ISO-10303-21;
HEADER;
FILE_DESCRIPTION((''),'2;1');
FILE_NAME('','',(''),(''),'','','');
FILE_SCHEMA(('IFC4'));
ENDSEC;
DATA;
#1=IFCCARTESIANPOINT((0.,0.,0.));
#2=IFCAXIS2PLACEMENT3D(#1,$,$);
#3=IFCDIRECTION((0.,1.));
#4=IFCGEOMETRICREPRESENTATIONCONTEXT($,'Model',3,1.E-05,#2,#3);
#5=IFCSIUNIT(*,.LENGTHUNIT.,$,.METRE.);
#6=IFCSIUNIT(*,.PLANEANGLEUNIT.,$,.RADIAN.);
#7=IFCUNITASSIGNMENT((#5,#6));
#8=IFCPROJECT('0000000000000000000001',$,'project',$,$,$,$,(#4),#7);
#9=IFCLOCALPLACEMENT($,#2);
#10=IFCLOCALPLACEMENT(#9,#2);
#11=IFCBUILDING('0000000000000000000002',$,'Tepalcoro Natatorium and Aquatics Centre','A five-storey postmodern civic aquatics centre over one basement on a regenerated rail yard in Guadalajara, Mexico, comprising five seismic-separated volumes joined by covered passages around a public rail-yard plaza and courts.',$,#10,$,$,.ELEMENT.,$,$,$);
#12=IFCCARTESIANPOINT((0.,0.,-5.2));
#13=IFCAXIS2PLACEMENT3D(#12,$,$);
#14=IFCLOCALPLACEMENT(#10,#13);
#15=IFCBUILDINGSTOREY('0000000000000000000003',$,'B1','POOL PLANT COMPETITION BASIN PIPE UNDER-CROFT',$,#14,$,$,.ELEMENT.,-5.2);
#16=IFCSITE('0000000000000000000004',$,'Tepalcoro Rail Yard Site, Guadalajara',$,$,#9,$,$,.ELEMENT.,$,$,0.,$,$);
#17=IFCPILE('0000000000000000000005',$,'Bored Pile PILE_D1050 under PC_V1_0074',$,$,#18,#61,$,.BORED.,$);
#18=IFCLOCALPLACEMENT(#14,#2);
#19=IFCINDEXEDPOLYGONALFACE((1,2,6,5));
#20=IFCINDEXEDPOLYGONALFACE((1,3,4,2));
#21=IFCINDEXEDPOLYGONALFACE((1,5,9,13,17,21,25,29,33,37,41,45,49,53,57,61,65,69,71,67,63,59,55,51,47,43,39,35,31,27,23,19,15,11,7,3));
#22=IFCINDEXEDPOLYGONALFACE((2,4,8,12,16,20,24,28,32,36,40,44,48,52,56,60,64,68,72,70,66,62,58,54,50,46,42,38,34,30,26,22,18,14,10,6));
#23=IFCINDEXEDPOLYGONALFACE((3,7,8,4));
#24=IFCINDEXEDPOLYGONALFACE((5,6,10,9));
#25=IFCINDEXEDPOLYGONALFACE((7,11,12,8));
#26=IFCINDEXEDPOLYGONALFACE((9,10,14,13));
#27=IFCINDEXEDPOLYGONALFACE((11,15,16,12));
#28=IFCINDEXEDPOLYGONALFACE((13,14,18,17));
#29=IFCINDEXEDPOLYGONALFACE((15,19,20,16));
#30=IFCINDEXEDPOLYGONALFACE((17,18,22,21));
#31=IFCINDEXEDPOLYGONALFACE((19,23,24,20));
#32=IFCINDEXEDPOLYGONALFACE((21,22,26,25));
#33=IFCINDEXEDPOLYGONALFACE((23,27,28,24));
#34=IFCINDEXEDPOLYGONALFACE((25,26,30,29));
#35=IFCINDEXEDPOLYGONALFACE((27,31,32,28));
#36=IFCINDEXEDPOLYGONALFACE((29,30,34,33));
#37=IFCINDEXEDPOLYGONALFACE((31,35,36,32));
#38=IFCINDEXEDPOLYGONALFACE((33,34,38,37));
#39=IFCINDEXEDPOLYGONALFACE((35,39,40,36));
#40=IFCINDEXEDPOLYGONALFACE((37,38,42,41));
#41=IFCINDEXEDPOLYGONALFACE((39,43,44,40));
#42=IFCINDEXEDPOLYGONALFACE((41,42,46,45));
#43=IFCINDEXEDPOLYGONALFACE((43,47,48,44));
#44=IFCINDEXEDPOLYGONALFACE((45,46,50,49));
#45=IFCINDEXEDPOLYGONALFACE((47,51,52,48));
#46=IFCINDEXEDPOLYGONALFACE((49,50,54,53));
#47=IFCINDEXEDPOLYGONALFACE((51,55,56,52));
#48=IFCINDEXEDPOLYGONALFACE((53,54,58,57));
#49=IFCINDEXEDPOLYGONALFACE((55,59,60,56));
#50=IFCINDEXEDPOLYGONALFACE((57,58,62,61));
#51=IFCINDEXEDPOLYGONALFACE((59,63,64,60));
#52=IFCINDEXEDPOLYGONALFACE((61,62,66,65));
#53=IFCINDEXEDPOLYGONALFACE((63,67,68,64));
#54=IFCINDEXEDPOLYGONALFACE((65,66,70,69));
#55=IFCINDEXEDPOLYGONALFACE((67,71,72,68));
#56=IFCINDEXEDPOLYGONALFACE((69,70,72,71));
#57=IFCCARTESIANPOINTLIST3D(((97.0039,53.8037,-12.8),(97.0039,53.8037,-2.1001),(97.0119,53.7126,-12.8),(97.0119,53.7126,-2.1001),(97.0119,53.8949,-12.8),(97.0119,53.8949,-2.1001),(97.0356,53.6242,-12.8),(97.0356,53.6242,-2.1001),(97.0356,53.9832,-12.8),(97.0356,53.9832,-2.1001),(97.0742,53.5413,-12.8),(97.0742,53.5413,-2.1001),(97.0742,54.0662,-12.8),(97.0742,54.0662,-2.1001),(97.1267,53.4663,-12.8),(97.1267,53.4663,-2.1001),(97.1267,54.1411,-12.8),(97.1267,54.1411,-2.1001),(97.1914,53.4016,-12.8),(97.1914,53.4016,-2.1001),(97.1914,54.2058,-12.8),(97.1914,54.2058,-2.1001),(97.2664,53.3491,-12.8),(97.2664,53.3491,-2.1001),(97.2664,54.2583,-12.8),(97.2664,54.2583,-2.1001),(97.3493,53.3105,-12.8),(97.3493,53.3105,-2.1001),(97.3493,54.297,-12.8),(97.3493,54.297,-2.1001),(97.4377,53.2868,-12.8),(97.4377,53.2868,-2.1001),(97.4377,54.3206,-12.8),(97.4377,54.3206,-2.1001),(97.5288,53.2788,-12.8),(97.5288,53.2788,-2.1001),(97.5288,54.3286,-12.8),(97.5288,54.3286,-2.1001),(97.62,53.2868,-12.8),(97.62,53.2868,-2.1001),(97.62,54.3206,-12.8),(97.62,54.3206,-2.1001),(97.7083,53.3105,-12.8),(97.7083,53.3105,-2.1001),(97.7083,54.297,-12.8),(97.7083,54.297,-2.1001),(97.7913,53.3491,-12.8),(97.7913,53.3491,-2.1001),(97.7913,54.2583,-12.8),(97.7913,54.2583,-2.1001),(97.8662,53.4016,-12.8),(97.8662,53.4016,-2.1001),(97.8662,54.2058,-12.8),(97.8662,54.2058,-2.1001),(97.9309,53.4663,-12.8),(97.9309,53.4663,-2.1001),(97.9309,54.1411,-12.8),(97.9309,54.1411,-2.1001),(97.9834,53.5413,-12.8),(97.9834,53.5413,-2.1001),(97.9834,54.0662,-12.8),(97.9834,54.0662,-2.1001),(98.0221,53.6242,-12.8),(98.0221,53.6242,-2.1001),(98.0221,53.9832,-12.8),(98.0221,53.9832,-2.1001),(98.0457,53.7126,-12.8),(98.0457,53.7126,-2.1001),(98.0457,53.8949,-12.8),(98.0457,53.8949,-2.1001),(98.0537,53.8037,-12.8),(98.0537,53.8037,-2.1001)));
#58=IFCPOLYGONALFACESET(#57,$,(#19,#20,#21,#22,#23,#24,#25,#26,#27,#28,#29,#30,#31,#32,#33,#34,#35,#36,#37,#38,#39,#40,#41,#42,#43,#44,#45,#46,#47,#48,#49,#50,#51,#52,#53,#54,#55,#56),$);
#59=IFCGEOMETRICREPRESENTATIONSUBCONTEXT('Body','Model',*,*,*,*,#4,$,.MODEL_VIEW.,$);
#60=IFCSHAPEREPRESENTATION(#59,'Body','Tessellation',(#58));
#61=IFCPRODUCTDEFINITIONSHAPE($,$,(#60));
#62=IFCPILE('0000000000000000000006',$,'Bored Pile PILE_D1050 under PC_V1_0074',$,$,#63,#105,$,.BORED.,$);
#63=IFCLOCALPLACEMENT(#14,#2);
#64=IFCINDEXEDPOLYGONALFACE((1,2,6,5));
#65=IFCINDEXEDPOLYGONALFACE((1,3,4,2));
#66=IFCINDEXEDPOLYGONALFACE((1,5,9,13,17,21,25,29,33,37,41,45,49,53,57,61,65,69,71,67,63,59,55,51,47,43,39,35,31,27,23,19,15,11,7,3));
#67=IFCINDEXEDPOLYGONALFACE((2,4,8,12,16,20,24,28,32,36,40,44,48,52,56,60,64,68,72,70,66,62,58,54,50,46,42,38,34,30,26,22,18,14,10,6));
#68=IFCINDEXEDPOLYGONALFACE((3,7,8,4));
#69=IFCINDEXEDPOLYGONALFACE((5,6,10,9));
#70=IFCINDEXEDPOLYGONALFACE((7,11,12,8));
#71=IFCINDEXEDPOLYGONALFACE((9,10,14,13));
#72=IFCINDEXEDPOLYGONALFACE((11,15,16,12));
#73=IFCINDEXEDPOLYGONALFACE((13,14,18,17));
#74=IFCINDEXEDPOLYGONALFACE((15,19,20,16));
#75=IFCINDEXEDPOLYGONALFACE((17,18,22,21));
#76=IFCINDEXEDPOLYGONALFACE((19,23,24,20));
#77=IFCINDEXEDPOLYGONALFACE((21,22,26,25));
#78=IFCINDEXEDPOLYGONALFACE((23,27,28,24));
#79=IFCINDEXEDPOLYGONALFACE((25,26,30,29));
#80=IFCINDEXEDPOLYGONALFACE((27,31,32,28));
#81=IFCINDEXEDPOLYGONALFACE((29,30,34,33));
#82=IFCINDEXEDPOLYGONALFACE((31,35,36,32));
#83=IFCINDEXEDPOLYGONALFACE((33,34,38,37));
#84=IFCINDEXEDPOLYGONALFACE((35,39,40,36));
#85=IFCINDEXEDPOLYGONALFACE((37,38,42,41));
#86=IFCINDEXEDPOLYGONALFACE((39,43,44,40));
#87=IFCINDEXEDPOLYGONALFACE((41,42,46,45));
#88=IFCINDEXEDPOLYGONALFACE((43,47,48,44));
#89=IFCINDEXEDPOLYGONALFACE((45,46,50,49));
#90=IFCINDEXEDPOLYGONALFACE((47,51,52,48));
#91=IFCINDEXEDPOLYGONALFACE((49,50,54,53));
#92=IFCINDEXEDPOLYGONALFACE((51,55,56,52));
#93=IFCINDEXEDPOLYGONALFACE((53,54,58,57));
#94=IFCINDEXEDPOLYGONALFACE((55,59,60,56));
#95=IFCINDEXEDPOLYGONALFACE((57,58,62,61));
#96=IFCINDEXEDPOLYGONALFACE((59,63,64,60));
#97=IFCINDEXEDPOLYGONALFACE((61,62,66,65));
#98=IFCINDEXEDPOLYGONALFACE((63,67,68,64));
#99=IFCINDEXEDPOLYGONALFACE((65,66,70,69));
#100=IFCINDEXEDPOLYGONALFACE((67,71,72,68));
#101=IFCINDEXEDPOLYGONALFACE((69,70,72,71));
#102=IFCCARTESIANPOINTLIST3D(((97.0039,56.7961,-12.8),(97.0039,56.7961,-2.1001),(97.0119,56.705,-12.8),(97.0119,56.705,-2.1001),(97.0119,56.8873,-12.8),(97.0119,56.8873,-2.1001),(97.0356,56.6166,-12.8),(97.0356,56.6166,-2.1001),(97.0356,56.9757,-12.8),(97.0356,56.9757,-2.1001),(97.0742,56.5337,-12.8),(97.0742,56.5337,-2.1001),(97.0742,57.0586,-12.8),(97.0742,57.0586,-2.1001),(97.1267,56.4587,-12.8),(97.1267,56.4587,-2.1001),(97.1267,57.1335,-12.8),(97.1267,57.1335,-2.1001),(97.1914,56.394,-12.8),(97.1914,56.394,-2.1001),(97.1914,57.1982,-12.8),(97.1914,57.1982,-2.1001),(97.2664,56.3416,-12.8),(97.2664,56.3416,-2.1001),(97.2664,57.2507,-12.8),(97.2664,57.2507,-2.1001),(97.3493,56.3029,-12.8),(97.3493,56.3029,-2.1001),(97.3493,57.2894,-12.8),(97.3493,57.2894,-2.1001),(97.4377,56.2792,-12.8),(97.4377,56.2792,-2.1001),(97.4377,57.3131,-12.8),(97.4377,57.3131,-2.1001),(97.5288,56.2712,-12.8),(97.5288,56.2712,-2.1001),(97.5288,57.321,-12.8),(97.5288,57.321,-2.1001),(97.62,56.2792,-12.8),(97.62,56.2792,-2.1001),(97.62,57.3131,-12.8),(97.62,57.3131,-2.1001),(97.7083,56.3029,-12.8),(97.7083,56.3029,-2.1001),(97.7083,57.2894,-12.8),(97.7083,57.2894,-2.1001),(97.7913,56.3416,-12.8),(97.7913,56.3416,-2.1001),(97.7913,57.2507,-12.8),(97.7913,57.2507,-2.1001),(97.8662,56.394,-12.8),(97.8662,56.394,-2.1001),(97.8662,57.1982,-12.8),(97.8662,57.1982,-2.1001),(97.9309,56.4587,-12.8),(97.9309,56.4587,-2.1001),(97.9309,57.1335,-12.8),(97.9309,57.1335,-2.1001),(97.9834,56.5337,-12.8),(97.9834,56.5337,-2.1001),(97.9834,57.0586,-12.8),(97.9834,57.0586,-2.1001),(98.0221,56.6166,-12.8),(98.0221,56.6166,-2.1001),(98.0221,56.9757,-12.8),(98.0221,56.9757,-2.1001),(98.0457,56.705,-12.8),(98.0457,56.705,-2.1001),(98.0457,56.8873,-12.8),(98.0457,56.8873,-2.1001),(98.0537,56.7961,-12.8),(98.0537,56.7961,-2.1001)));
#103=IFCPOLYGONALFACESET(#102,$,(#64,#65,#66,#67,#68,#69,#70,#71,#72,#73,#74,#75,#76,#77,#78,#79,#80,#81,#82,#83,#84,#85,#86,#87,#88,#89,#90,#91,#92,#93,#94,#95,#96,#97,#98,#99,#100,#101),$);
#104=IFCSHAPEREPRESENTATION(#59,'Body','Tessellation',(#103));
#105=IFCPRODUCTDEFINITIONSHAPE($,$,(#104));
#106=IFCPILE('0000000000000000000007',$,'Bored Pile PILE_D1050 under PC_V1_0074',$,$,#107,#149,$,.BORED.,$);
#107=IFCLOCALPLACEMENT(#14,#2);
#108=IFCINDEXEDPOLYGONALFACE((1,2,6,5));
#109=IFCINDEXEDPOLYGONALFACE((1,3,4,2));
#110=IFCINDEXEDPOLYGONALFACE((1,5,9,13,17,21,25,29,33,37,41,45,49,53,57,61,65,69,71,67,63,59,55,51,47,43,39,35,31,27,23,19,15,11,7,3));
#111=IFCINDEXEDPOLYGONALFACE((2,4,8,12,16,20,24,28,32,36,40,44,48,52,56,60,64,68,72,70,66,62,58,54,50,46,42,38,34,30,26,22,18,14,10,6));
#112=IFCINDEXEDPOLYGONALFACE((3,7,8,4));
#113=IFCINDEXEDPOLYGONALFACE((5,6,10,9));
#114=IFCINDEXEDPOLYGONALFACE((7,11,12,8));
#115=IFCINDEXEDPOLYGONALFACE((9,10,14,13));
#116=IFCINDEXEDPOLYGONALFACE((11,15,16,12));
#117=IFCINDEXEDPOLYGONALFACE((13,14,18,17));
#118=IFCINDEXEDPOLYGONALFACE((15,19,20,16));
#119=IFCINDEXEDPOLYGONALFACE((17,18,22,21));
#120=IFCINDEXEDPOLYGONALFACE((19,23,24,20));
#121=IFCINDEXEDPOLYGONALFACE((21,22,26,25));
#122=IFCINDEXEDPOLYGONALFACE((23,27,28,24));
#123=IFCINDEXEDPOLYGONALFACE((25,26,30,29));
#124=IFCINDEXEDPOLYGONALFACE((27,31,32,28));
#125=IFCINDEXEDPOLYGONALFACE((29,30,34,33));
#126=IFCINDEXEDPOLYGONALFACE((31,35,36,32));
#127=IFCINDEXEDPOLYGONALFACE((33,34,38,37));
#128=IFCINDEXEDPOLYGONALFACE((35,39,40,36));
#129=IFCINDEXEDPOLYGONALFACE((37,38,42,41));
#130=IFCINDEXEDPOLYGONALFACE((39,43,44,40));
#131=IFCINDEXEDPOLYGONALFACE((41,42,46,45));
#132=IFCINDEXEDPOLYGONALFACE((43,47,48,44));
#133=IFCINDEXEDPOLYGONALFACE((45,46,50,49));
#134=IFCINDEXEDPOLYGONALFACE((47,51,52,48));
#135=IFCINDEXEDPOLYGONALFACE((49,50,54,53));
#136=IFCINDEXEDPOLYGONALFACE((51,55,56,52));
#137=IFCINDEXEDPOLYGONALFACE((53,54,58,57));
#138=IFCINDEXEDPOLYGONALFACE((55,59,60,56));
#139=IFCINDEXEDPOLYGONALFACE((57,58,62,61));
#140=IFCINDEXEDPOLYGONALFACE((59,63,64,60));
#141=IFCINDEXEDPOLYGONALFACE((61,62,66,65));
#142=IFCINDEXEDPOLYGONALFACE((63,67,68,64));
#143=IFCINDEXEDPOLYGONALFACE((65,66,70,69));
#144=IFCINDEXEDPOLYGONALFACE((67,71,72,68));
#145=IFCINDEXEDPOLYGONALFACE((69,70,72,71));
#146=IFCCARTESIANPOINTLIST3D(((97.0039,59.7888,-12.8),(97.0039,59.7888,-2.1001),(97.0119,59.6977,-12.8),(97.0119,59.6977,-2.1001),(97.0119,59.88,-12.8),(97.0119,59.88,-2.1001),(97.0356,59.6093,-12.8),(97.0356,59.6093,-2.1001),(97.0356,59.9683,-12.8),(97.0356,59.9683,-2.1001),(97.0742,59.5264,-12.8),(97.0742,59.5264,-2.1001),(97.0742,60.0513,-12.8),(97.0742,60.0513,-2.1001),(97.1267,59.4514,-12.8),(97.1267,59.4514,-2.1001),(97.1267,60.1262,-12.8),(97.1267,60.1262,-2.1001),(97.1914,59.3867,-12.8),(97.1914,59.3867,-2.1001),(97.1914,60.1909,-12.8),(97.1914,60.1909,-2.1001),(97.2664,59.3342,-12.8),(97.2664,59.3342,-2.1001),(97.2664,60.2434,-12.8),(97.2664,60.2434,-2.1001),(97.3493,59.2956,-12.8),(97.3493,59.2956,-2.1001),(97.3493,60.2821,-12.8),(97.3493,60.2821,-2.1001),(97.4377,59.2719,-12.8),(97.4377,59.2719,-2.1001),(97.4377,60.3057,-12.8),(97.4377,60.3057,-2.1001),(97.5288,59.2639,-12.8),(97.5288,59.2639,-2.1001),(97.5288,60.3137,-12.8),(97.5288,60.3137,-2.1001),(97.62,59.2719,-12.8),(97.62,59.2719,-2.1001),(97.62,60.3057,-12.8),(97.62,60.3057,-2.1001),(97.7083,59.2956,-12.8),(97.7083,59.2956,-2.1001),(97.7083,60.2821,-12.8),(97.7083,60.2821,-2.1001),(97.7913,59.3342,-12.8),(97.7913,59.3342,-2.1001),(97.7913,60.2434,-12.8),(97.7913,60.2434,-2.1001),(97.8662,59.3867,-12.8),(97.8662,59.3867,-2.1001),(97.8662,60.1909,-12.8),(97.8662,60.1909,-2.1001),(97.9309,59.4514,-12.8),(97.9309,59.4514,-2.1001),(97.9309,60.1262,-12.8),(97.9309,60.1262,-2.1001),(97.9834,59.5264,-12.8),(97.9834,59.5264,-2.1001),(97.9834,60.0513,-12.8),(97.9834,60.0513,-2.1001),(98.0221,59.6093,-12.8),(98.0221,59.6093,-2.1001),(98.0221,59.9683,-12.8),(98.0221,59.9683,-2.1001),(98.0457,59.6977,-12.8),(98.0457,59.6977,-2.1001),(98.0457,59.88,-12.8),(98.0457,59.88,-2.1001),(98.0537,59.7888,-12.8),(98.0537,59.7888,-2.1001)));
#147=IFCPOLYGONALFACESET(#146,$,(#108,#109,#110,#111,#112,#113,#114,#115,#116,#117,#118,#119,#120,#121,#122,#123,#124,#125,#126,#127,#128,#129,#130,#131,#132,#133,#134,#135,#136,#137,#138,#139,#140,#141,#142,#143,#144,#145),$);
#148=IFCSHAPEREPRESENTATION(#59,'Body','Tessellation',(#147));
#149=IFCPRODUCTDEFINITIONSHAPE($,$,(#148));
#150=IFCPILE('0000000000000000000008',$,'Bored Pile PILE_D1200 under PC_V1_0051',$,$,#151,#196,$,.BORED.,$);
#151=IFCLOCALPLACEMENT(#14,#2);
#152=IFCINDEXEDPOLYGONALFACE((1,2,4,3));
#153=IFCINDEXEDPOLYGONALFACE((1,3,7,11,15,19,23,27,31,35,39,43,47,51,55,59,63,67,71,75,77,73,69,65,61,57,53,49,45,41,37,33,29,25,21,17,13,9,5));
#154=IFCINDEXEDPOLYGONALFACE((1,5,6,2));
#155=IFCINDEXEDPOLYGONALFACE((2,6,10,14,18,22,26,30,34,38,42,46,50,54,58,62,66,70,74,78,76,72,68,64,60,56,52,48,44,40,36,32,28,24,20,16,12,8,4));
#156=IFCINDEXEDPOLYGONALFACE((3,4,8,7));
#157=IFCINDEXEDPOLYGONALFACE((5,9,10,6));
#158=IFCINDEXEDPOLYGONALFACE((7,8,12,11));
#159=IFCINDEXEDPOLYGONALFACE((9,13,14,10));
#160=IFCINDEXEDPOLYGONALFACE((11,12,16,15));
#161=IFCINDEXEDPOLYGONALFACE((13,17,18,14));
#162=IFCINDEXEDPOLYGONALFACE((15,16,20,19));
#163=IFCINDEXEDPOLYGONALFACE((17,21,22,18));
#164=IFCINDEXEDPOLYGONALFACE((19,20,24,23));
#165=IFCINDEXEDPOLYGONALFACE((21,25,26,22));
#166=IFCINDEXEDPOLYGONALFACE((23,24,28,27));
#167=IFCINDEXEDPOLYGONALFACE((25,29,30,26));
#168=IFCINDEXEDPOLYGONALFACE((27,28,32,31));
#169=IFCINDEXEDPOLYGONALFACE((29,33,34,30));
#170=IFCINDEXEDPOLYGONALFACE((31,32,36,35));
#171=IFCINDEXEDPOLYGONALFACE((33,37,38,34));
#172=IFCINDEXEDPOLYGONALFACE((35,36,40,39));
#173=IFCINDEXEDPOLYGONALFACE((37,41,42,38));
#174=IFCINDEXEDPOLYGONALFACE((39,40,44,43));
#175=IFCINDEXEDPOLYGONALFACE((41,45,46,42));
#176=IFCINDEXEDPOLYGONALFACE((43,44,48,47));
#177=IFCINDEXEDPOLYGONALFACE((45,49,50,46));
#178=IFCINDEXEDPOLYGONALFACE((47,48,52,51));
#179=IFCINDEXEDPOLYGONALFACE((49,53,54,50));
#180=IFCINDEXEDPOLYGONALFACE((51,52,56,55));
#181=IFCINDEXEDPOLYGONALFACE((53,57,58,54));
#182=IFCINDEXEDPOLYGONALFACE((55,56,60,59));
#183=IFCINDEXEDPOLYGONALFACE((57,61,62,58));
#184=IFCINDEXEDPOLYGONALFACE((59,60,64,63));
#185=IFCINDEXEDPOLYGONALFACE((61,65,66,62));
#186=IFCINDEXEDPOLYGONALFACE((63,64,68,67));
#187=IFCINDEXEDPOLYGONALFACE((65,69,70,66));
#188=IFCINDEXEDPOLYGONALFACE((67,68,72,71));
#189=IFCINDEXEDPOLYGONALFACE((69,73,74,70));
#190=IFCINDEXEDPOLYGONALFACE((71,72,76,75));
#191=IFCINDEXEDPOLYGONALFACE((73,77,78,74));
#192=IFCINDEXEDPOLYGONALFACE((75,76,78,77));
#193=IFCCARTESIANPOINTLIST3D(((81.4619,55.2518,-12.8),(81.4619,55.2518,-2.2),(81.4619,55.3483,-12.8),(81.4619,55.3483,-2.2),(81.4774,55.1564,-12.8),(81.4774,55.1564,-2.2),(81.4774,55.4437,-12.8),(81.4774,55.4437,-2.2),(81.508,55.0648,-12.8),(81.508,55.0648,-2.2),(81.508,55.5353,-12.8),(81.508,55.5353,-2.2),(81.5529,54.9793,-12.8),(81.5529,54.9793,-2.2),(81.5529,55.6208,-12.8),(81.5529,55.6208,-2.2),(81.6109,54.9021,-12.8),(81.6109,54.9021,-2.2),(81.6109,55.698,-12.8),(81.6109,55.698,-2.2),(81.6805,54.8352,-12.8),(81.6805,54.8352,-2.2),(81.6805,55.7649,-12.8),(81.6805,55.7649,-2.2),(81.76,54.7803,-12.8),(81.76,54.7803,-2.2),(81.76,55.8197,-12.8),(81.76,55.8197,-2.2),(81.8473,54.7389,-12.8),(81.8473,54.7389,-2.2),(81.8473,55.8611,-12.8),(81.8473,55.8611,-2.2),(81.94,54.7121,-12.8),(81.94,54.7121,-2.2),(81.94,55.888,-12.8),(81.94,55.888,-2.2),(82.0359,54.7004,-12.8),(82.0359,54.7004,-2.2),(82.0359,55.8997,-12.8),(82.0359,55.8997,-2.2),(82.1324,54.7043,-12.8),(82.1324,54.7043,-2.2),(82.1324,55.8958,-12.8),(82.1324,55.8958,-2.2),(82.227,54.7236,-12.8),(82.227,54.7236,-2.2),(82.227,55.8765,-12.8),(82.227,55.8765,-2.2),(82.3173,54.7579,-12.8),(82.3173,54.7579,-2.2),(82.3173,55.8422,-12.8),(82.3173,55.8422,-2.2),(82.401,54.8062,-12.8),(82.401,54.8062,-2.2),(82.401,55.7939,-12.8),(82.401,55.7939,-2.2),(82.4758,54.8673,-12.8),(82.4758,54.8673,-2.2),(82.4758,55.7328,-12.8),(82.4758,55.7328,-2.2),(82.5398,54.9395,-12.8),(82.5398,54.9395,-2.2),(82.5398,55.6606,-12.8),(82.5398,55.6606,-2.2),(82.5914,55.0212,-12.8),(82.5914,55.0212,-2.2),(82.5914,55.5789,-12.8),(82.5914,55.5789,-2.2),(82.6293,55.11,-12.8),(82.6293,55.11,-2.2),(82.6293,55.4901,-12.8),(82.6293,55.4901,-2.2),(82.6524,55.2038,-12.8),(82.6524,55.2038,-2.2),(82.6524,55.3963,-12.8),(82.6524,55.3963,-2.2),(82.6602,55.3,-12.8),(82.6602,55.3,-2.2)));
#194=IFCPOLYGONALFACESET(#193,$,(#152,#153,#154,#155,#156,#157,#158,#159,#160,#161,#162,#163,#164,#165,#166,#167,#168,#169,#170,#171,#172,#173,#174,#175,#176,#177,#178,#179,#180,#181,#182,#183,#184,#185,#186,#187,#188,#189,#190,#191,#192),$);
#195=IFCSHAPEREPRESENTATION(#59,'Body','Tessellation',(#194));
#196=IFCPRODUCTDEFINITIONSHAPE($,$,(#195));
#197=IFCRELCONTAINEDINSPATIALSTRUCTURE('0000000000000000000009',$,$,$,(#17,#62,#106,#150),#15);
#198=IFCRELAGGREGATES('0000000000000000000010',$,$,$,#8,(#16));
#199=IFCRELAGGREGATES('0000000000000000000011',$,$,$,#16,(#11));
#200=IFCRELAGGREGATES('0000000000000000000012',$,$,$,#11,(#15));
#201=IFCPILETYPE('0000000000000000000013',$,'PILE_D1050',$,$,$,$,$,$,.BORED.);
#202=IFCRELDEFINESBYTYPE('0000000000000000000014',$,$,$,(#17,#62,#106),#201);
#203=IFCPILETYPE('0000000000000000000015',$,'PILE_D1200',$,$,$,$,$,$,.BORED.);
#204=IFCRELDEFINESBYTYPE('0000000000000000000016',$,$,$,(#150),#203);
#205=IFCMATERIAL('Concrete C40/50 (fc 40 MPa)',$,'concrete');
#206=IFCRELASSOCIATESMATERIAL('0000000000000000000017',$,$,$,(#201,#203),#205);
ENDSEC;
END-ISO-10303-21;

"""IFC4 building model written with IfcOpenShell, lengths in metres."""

from ifc_helpers import new_model, si_unit, direction, frame, origin, origin_2d, place, context, subcontext, project, spatial, circle, extrude, material, material_profile, profile_set, type_object, element, save


model = new_model("IFC4")

# Units and contexts
model_context = context("Model", 3, precision=1e-05, world=origin(), true_north=direction((0.0, 1.0)))
body_context = subcontext(model_context, "Body", "Model", "MODEL_VIEW")
ifc_project = project(units=[si_unit("LENGTHUNIT", "METRE"), si_unit("PLANEANGLEUNIT", "RADIAN")], contexts=[model_context])

# Site, building, storey
site_placement = place(None, origin())
site = spatial("IfcSite", under=ifc_project, at=site_placement, Name="Tepalcoro Rail Yard Site, Guadalajara", CompositionType="ELEMENT", RefElevation=0.0)
building_placement = place(site_placement, origin())
building = spatial("IfcBuilding", under=site, at=building_placement, Name="Tepalcoro Natatorium and Aquatics Centre", Description="A five-storey postmodern civic aquatics centre over one basement on a regenerated rail yard in Guadalajara, Mexico, comprising five seismic-separated volumes joined by covered passages around a public rail-yard plaza and courts.", CompositionType="ELEMENT")
storey_placement = place(building_placement, frame((0.0, 0.0, -5.2)))
storey = spatial("IfcBuildingStorey", under=building, at=storey_placement, Name="B1", Description="POOL PLANT COMPETITION BASIN PIPE UNDER-CROFT", CompositionType="ELEMENT", Elevation=-5.2)

# Piles
ifc_material_1 = material(Name="Concrete C40/50 (fc 40 MPa)", Category="concrete")
ifc_material_profile_1 = material_profile(ifc_material_1, circle(Radius=0.5249, at=origin_2d()), Name="PILE_D1050")
ifc_profile_set_1 = profile_set([ifc_material_profile_1], Name="Concrete C40/50 (fc 40 MPa)")
pile_type_1 = type_object("IfcPileType", Name="PILE_D1050", PredefinedType="BORED", material=ifc_profile_set_1)
for number, where, z_axis, x_axis, name in (
    (1, (97.5288, 53.8037, -2.1001), (0.0, 0.0, -1.0), (1.0, 0.0, 0.0), "Bored Pile PILE_D1050 under PC_V1_0074"),
    (2, (97.5288, 56.7961, -2.1001), (0.0, 0.0, -1.0), (1.0, 0.0, 0.0), "Bored Pile PILE_D1050 under PC_V1_0074"),
    (3, (97.5288, 59.7888, -2.1001), (0.0, 0.0, -1.0), (1.0, 0.0, 0.0), "Bored Pile PILE_D1050 under PC_V1_0074"),
):
    element("IfcPile", number, at=place(storey_placement, frame(where, z_axis=z_axis, x_axis=x_axis)), inside=storey, type_object=pile_type_1, Name=name, PredefinedType="BORED", context=body_context, shape_type="SweptSolid", body=[
        extrude(circle(Radius=0.5249, at=origin_2d()), origin(), (0.0, 0.0, 1.0), 10.7),
    ])
ifc_material_profile_2 = material_profile(ifc_material_1, circle(Radius=0.6001, at=origin_2d()), Name="PILE_D1200")
ifc_profile_set_2 = profile_set([ifc_material_profile_2], Name="Concrete C40/50 (fc 40 MPa)")
pile_type_2 = type_object("IfcPileType", Name="PILE_D1200", PredefinedType="BORED", material=ifc_profile_set_2)
for number, where, z_axis, x_axis, name in (
    (4, (82.0601, 55.3, -2.2), (0.0, 0.0, -1.0), (1.0, 0.0, 0.0), "Bored Pile PILE_D1200 under PC_V1_0051"),
):
    element("IfcPile", number, at=place(storey_placement, frame(where, z_axis=z_axis, x_axis=x_axis)), inside=storey, type_object=pile_type_2, Name=name, PredefinedType="BORED", context=body_context, shape_type="SweptSolid", body=[
        extrude(circle(Radius=0.6001, at=origin_2d()), origin(), (0.0, 0.0, 1.0), 10.6001),
    ])

save(model, "model.ifc")
